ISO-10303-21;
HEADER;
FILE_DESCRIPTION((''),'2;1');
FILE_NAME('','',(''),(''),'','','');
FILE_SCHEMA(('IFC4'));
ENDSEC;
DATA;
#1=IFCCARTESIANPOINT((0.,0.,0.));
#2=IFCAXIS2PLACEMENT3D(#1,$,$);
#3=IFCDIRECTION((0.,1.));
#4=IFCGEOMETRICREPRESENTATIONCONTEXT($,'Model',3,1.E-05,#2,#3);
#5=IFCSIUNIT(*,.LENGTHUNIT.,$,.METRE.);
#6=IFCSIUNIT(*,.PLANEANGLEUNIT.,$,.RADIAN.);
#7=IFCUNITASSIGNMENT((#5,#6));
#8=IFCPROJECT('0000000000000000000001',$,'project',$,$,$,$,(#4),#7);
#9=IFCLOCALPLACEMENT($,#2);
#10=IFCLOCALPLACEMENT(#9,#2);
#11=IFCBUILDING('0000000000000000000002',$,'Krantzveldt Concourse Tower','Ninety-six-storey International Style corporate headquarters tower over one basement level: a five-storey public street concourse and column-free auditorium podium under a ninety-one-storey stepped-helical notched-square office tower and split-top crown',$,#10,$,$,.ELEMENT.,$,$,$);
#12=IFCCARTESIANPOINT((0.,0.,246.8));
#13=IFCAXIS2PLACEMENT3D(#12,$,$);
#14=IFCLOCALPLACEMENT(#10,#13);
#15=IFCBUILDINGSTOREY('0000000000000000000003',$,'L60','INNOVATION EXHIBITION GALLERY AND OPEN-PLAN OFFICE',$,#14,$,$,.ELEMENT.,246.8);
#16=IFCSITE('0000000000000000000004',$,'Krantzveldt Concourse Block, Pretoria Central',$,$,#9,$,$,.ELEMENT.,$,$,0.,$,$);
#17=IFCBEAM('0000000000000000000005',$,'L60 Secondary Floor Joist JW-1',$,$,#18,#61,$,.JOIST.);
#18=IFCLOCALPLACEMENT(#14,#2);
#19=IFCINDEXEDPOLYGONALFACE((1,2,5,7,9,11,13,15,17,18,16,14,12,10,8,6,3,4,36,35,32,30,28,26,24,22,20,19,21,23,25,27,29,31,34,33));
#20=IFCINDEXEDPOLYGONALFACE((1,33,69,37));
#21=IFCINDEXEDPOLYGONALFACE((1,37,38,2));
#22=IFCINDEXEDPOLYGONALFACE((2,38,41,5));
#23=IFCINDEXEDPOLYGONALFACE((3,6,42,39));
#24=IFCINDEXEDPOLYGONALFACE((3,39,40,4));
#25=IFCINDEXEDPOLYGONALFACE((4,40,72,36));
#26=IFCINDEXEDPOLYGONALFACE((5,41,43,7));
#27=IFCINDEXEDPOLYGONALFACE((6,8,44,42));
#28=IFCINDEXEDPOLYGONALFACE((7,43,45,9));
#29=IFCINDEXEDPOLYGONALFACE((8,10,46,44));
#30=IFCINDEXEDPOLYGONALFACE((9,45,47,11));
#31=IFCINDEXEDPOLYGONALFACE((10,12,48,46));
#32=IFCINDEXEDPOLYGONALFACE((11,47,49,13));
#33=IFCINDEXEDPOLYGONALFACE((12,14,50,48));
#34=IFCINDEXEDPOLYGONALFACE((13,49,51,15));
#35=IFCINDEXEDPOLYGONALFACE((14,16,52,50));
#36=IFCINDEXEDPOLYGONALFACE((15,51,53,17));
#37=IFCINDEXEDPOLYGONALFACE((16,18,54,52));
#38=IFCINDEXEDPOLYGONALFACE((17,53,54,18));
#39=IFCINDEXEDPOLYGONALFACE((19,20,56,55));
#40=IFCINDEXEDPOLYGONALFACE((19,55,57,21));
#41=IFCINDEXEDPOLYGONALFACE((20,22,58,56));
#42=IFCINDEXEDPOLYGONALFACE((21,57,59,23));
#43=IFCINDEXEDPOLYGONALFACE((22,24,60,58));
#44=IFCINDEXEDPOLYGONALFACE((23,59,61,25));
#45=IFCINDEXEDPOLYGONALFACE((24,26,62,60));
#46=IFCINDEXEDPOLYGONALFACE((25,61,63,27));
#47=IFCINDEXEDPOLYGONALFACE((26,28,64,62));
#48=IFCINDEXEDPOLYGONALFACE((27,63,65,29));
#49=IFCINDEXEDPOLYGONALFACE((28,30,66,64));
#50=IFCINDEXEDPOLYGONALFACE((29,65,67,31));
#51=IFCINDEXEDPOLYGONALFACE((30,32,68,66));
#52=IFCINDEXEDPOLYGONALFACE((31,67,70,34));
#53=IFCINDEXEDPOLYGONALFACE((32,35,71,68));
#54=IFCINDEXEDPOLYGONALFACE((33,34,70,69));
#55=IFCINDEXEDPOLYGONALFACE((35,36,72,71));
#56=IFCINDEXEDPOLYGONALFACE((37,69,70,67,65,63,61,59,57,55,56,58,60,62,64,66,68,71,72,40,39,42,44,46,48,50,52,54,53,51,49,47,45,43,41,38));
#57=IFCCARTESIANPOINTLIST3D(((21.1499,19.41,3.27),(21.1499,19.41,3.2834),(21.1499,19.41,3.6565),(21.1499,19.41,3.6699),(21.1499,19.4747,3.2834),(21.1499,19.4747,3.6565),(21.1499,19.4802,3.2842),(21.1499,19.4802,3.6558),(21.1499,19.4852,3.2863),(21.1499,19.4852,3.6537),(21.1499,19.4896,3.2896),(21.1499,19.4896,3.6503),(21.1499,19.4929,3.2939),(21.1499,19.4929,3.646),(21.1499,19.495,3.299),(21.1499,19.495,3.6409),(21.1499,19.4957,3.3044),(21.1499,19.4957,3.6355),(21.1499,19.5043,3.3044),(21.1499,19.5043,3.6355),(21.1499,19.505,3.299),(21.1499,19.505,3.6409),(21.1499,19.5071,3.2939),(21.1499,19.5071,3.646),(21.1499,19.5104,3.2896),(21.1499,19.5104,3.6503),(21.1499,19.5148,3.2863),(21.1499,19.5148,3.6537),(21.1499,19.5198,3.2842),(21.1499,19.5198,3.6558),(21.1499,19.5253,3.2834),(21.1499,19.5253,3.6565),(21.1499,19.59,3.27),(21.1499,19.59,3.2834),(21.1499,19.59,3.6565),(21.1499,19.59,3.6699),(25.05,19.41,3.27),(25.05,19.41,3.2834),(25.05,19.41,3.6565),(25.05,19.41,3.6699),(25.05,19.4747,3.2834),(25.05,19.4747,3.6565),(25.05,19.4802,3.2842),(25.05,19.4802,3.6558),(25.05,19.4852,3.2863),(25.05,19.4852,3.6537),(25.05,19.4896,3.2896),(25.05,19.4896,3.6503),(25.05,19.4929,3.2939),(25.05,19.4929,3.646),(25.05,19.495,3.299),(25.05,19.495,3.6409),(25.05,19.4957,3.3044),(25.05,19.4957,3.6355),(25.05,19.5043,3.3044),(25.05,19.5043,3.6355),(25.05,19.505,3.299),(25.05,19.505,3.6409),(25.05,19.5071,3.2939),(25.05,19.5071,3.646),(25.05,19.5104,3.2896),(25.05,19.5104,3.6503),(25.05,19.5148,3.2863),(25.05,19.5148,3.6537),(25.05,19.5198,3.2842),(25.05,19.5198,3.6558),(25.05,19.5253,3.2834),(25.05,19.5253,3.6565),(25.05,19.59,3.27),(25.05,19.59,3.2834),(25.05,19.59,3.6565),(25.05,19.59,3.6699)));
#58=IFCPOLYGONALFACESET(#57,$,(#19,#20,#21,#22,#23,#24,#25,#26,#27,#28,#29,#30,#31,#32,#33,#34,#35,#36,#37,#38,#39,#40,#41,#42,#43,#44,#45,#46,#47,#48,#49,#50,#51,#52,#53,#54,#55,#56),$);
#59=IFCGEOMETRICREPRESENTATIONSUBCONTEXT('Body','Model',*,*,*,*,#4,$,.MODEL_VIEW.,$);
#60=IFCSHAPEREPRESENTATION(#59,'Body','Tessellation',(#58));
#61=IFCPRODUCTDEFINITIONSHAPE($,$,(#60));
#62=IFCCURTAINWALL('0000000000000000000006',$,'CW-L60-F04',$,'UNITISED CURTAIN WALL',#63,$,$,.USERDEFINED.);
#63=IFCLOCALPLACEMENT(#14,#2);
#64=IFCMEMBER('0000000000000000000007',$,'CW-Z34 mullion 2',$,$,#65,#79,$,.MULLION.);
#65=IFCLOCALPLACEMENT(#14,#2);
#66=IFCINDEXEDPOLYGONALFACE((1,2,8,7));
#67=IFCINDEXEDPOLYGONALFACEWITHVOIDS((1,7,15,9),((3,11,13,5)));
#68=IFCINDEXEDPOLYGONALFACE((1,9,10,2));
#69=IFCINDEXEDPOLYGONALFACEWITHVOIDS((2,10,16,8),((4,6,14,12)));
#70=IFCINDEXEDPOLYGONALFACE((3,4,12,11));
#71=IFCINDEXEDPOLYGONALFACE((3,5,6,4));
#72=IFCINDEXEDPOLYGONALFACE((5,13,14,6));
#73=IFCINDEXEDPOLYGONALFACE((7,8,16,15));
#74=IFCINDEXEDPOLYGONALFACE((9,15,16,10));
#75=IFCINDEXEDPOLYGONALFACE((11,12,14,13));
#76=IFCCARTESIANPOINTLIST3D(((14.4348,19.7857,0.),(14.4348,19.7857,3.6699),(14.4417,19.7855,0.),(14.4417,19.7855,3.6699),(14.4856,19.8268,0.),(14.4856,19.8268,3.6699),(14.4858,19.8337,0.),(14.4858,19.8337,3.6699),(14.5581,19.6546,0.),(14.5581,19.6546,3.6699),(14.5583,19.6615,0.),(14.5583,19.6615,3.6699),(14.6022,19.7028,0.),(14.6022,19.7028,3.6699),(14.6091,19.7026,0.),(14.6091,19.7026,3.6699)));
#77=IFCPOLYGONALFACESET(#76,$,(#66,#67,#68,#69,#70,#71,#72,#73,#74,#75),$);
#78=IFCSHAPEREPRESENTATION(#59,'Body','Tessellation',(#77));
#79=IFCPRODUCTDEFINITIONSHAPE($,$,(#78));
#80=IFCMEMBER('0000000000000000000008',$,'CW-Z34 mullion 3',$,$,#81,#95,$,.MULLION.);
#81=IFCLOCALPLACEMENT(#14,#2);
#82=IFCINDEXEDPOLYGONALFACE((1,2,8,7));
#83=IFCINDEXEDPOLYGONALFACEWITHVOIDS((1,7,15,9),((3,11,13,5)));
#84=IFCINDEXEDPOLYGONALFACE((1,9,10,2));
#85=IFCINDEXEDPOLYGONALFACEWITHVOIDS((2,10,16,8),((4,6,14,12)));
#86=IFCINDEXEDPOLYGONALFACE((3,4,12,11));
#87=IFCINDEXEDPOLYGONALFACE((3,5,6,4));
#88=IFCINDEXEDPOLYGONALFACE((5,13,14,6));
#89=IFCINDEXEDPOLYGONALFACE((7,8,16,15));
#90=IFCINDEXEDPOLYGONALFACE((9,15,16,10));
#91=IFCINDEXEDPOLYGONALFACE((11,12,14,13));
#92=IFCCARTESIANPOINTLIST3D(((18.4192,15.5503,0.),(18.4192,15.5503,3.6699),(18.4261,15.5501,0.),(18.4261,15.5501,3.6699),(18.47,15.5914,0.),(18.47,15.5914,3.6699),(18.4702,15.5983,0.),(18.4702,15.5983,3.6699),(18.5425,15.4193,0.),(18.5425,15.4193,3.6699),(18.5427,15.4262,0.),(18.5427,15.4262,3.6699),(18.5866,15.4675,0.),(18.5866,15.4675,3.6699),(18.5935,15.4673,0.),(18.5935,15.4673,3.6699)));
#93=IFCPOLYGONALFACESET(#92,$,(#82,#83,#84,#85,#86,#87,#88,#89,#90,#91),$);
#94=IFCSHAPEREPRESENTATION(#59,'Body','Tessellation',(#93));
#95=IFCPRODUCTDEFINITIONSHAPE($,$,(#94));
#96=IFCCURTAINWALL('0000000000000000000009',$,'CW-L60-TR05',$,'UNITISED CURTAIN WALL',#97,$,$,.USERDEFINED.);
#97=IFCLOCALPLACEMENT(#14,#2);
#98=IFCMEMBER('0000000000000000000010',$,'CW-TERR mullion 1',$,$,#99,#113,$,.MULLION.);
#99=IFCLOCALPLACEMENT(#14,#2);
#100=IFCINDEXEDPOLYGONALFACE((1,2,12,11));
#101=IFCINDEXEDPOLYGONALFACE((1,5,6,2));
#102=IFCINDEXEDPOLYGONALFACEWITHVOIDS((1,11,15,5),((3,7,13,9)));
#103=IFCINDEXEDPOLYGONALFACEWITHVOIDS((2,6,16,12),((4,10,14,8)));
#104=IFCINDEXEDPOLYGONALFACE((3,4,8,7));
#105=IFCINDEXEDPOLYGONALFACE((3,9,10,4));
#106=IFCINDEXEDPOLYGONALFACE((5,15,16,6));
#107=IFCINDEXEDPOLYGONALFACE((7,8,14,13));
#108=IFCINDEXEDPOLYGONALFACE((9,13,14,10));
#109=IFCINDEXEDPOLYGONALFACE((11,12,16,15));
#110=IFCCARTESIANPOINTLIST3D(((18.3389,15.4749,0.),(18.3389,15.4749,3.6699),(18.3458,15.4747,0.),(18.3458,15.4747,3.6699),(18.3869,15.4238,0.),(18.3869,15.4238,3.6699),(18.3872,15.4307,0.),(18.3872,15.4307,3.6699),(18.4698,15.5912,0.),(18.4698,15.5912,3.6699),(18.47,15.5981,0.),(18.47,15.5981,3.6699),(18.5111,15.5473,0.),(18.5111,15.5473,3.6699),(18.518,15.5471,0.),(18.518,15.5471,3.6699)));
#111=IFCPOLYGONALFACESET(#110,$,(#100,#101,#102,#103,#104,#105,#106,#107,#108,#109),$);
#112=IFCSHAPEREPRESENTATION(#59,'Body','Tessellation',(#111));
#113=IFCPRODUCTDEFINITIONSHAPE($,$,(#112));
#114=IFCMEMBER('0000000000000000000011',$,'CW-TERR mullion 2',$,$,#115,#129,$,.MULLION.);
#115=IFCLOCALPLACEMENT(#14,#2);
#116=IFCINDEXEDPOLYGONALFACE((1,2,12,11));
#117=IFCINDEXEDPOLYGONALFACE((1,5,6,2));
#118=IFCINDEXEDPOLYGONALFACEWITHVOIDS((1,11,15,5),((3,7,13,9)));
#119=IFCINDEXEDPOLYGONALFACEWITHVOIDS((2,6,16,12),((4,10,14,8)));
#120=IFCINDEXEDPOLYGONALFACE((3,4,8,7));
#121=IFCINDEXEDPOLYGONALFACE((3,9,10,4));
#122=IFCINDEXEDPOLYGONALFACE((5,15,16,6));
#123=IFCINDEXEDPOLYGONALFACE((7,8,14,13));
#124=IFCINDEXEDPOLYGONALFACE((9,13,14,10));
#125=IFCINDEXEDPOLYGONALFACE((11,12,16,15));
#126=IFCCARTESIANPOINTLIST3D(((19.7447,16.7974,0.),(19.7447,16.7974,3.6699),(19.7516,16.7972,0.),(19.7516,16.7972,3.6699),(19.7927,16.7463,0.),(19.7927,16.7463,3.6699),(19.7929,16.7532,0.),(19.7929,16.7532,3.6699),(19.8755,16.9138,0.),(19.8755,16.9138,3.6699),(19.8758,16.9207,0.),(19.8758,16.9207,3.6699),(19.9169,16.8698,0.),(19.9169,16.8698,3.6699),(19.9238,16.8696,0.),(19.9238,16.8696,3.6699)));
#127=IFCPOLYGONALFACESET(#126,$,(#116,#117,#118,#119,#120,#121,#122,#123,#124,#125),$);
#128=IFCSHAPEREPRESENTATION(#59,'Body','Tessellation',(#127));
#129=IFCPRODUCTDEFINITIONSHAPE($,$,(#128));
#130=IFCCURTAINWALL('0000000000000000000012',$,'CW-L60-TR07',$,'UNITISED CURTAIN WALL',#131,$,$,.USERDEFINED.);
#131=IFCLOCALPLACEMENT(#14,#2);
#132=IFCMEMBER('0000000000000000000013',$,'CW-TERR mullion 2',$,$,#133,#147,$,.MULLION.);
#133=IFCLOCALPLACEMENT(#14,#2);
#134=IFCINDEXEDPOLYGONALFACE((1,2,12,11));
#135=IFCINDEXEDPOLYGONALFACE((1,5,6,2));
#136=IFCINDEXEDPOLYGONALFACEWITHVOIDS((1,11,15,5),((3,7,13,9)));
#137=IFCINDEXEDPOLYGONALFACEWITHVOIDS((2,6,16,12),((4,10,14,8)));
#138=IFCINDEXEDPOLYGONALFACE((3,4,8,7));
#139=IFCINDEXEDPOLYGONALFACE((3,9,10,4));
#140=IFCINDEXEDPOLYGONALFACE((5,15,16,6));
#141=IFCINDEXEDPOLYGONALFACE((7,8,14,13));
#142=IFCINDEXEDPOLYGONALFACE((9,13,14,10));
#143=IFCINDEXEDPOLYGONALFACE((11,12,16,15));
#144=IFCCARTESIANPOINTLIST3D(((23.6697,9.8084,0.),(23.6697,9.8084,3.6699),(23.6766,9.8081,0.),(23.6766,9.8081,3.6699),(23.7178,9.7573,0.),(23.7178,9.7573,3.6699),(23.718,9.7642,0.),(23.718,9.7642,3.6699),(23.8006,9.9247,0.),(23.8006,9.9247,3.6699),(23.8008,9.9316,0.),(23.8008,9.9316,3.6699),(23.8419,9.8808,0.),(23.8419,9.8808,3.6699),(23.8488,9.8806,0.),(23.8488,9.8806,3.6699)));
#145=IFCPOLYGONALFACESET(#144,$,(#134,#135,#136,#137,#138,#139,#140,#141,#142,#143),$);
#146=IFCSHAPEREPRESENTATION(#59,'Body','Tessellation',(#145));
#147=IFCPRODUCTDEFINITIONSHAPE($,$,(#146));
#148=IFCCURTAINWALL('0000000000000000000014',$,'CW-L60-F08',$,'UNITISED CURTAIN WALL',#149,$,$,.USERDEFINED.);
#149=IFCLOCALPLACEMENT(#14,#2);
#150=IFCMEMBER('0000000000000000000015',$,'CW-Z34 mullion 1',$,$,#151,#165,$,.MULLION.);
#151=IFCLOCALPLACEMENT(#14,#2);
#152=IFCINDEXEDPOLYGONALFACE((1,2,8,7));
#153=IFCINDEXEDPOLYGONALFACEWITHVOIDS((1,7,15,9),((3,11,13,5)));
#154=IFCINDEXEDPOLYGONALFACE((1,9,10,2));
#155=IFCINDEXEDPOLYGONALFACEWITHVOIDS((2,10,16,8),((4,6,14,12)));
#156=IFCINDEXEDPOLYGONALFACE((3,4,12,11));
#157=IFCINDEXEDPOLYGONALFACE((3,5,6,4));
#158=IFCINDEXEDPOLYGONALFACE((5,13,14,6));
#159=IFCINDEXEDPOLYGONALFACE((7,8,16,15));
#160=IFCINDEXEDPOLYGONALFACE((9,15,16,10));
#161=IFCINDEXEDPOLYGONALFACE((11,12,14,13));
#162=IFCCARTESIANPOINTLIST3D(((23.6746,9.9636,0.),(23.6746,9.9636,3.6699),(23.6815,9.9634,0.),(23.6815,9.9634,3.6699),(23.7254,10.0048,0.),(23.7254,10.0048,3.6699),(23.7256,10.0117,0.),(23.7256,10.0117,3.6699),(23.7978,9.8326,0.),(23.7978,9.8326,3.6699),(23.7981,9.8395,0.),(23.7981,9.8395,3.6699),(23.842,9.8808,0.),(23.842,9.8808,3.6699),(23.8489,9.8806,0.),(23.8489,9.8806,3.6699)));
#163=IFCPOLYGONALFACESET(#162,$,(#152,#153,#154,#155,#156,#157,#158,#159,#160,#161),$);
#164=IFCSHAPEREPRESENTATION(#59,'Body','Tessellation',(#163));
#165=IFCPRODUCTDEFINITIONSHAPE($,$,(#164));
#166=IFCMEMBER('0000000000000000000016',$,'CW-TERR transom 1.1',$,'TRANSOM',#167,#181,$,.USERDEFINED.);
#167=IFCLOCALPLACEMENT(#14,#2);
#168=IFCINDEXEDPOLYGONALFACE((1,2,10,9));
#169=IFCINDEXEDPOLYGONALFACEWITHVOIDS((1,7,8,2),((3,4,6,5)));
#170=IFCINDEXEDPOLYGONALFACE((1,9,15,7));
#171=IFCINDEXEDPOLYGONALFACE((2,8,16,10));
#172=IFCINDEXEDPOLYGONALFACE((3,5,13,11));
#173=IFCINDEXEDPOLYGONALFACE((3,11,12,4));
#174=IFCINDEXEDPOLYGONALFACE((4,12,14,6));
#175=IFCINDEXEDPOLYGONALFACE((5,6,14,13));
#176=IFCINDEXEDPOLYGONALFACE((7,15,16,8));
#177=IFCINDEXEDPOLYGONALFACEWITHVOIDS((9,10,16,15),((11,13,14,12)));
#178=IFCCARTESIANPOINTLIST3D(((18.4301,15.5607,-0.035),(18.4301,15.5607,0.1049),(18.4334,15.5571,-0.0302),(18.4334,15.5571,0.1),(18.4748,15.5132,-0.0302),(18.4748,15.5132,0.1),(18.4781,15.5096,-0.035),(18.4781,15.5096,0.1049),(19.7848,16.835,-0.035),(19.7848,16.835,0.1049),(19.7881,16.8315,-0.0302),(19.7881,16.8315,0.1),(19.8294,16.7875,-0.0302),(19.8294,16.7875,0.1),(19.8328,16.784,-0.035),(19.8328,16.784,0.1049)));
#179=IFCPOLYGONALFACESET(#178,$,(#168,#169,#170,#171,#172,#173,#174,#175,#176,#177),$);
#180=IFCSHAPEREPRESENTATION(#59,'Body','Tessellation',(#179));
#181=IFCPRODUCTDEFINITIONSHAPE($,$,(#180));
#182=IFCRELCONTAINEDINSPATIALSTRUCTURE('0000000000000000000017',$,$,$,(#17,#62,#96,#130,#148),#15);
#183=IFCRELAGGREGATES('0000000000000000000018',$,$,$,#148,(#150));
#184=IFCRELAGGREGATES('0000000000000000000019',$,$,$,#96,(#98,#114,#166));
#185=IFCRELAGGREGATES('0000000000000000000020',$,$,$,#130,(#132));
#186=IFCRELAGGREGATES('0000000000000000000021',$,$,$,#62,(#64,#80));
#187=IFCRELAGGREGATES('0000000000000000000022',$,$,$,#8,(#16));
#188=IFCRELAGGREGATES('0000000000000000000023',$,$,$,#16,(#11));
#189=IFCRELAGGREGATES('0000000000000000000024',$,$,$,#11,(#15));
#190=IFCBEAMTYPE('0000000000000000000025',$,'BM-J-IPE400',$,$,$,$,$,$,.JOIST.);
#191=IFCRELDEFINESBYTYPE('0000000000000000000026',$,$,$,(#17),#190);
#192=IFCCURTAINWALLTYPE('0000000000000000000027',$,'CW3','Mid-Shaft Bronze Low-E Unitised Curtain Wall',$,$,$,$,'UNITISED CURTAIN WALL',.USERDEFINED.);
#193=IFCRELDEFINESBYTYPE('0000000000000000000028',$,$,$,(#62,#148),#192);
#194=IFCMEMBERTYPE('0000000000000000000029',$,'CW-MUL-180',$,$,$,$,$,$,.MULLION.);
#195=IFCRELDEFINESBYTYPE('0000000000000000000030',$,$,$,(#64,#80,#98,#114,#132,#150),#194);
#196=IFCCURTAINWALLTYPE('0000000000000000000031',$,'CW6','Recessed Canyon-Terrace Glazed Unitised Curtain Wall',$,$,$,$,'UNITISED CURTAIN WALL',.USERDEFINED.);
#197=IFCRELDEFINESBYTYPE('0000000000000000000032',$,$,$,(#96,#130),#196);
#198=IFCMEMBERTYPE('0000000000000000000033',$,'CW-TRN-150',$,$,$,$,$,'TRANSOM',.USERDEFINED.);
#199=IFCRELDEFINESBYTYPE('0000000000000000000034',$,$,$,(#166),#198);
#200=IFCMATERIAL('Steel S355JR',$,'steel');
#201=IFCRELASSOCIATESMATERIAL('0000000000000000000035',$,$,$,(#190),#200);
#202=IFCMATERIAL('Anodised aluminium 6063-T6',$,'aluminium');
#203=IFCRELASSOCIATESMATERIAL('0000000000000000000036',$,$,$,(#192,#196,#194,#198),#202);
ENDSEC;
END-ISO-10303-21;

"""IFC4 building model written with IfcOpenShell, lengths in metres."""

from ifc_helpers import new_model, si_unit, direction, frame, origin, origin_2d, place, context, subcontext, project, spatial, hollow_rectangle, i_section, extrude, source, transform, mapped, material, material_profile, profile_set, type_object, type_shapes, element, aggregate, save


model = new_model("IFC4")

# Units and contexts
model_context = context("Model", 3, precision=1e-05, world=origin(), true_north=direction((0.0, 1.0)))
body_context = subcontext(model_context, "Body", "Model", "MODEL_VIEW")
ifc_project = project(units=[si_unit("LENGTHUNIT", "METRE"), si_unit("PLANEANGLEUNIT", "RADIAN")], contexts=[model_context])

# Site, building, storey
site_placement = place(None, origin())
site = spatial("IfcSite", under=ifc_project, at=site_placement, Name="Krantzveldt Concourse Block, Pretoria Central", CompositionType="ELEMENT", RefElevation=0.0)
building_placement = place(site_placement, origin())
building = spatial("IfcBuilding", under=site, at=building_placement, Name="Krantzveldt Concourse Tower", Description="Ninety-six-storey International Style corporate headquarters tower over one basement level: a five-storey public street concourse and column-free auditorium podium under a ninety-one-storey stepped-helical notched-square office tower and split-top crown", CompositionType="ELEMENT")
storey_placement = place(building_placement, frame((0.0, 0.0, 246.8)))
storey = spatial("IfcBuildingStorey", under=building, at=storey_placement, Name="L60", Description="INNOVATION EXHIBITION GALLERY AND OPEN-PLAN OFFICE", CompositionType="ELEMENT", Elevation=246.8)

# Beam
ifc_material_1 = material(Name="Steel S355JR", Category="steel")
ifc_material_profile_1 = material_profile(ifc_material_1, i_section(OverallWidth=0.1799, OverallDepth=0.3999, WebThickness=0.0085, FlangeThickness=0.0134, FilletRadius=0.021, at=origin_2d()), Name="Steel S355JR", Category="steel")
ifc_profile_set_1 = profile_set([ifc_material_profile_1], Name="Steel S355JR - IPE 400")
beam_type_1 = type_object("IfcBeamType", Name="BM-J-IPE400", PredefinedType="JOIST", material=ifc_profile_set_1)
shared_shape_1 = source(origin(), body_context, "Body", "SweptSolid", [
    extrude(i_section(OverallWidth=0.1799, OverallDepth=0.3999, WebThickness=0.0085, FlangeThickness=0.0134, FilletRadius=0.021, at=origin_2d()), origin(), (0.0, 0.0, 1.0), 3.9001),
])
type_shapes(beam_type_1, [shared_shape_1])
beam_1_placement = place(storey_placement, frame((21.1499, 19.5, 3.47), z_axis=(1.0, 0.0, 0.0), x_axis=(0.0, 1.0, 0.0)))
element("IfcBeam", 1, at=beam_1_placement, inside=storey, type_object=beam_type_1, Name="L60 Secondary Floor Joist JW-1", PredefinedType="JOIST", context=body_context, shape_type="MappedRepresentation", body=[
    mapped(shared_shape_1, transform((0.0, 0.0, 0.0), x_axis=(1.0, 0.0, 0.0), y_axis=(0.0, 1.0, 0.0), z_axis=(0.0, 0.0, 1.0), scale=1.0)),
])

# Curtain walls, members
ifc_material_2 = material(Name="Anodised aluminium 6063-T6", Category="aluminium")
curtain_wall_type_1 = type_object("IfcCurtainWallType", Name="CW3", Description="Mid-Shaft Bronze Low-E Unitised Curtain Wall", ElementType="UNITISED CURTAIN WALL", PredefinedType="USERDEFINED", material=ifc_material_2)
curtain_wall_1_placement = place(storey_placement, origin())
curtain_wall_1 = element("IfcCurtainWall", 2, at=curtain_wall_1_placement, inside=storey, type_object=curtain_wall_type_1, Name="CW-L60-F04", ObjectType="UNITISED CURTAIN WALL", PredefinedType="USERDEFINED")
ifc_material_profile_2 = material_profile(ifc_material_2, hollow_rectangle(XDim=0.0701, YDim=0.1799, WallThickness=0.0049, at=origin_2d()), Name="Anodised aluminium 6063-T6", Category="aluminium")
ifc_profile_set_2 = profile_set([ifc_material_profile_2], Name="Anodised aluminium 6063-T6 - ALU-MULL 180x70x5")
member_type_1 = type_object("IfcMemberType", Name="CW-MUL-180", PredefinedType="MULLION", material=ifc_profile_set_2)
shared_shape_2 = source(origin(), body_context, "Body", "SweptSolid", [
    extrude(hollow_rectangle(XDim=0.0701, YDim=0.1799, WallThickness=0.0049, at=origin_2d()), origin(), (0.0, 0.0, 1.0), 3.6699),
])
type_shapes(member_type_1, [shared_shape_2])
member_1_placement = place(storey_placement, frame((14.522, 19.7441, 0.0), z_axis=(0.0, 0.0, 1.0), x_axis=(0.728371, 0.685183, 0.0)))
member_1 = element("IfcMember", 3, at=member_1_placement, type_object=member_type_1, Name="CW-Z34 mullion 2", PredefinedType="MULLION", context=body_context, shape_type="MappedRepresentation", body=[
    mapped(shared_shape_2, transform((0.0, 0.0, 0.0), x_axis=(1.0, 0.0, 0.0), y_axis=(0.0, 1.0, 0.0), z_axis=(0.0, 0.0, 1.0), scale=1.0)),
])
member_2_placement = place(storey_placement, frame((18.5063, 15.5088, 0.0), z_axis=(0.0, 0.0, 1.0), x_axis=(0.728371, 0.685183, 0.0)))
member_2 = element("IfcMember", 4, at=member_2_placement, type_object=member_type_1, Name="CW-Z34 mullion 3", PredefinedType="MULLION", context=body_context, shape_type="MappedRepresentation", body=[
    mapped(shared_shape_2, transform((0.0, 0.0, 0.0), x_axis=(1.0, 0.0, 0.0), y_axis=(0.0, 1.0, 0.0), z_axis=(0.0, 0.0, 1.0), scale=1.0)),
])
curtain_wall_type_2 = type_object("IfcCurtainWallType", Name="CW6", Description="Recessed Canyon-Terrace Glazed Unitised Curtain Wall", ElementType="UNITISED CURTAIN WALL", PredefinedType="USERDEFINED", material=ifc_material_2)
curtain_wall_2_placement = place(storey_placement, origin())
curtain_wall_2 = element("IfcCurtainWall", 5, at=curtain_wall_2_placement, inside=storey, type_object=curtain_wall_type_2, Name="CW-L60-TR05", ObjectType="UNITISED CURTAIN WALL", PredefinedType="USERDEFINED")
member_3_placement = place(storey_placement, frame((18.4285, 15.511, 0.0), z_axis=(0.0, 0.0, 1.0), x_axis=(-0.685182, 0.728372, 0.0)))
member_3 = element("IfcMember", 6, at=member_3_placement, type_object=member_type_1, Name="CW-TERR mullion 1", PredefinedType="MULLION", context=body_context, shape_type="MappedRepresentation", body=[
    mapped(shared_shape_2, transform((0.0, 0.0, 0.0), x_axis=(1.0, 0.0, 0.0), y_axis=(0.0, 1.0, 0.0), z_axis=(0.0, 0.0, 1.0), scale=1.0)),
])
member_4_placement = place(storey_placement, frame((19.8342, 16.8335, 0.0), z_axis=(0.0, 0.0, 1.0), x_axis=(-0.685182, 0.728372, 0.0)))
member_4 = element("IfcMember", 7, at=member_4_placement, type_object=member_type_1, Name="CW-TERR mullion 2", PredefinedType="MULLION", context=body_context, shape_type="MappedRepresentation", body=[
    mapped(shared_shape_2, transform((0.0, 0.0, 0.0), x_axis=(1.0, 0.0, 0.0), y_axis=(0.0, 1.0, 0.0), z_axis=(0.0, 0.0, 1.0), scale=1.0)),
])

# Curtain walls, members
curtain_wall_3_placement = place(storey_placement, origin())
curtain_wall_3 = element("IfcCurtainWall", 8, at=curtain_wall_3_placement, inside=storey, type_object=curtain_wall_type_2, Name="CW-L60-TR07", ObjectType="UNITISED CURTAIN WALL", PredefinedType="USERDEFINED")
member_5_placement = place(storey_placement, frame((23.7593, 9.8445, 0.0), z_axis=(0.0, 0.0, 1.0), x_axis=(0.685182, -0.728372, 0.0)))
member_5 = element("IfcMember", 9, at=member_5_placement, type_object=member_type_1, Name="CW-TERR mullion 2", PredefinedType="MULLION", context=body_context, shape_type="MappedRepresentation", body=[
    mapped(shared_shape_2, transform((0.0, 0.0, 0.0), x_axis=(1.0, 0.0, 0.0), y_axis=(0.0, 1.0, 0.0), z_axis=(0.0, 0.0, 1.0), scale=1.0)),
])
curtain_wall_4_placement = place(storey_placement, origin())
curtain_wall_4 = element("IfcCurtainWall", 10, at=curtain_wall_4_placement, inside=storey, type_object=curtain_wall_type_1, Name="CW-L60-F08", ObjectType="UNITISED CURTAIN WALL", PredefinedType="USERDEFINED")
member_6_placement = place(storey_placement, frame((23.7617, 9.9221, 0.0), z_axis=(0.0, 0.0, 1.0), x_axis=(0.728371, 0.685183, 0.0)))
member_6 = element("IfcMember", 11, at=member_6_placement, type_object=member_type_1, Name="CW-Z34 mullion 1", PredefinedType="MULLION", context=body_context, shape_type="MappedRepresentation", body=[
    mapped(shared_shape_2, transform((0.0, 0.0, 0.0), x_axis=(1.0, 0.0, 0.0), y_axis=(0.0, 1.0, 0.0), z_axis=(0.0, 0.0, 1.0), scale=1.0)),
])

# Member
ifc_material_profile_3 = material_profile(ifc_material_2, hollow_rectangle(XDim=0.0701, YDim=0.1399, WallThickness=0.0049, at=origin_2d()), Name="Anodised aluminium 6063-T6", Category="aluminium")
ifc_profile_set_3 = profile_set([ifc_material_profile_3], Name="Anodised aluminium 6063-T6 - ALU-TRAN 140x70x5")
member_type_2 = type_object("IfcMemberType", Name="CW-TRN-150", ElementType="TRANSOM", PredefinedType="USERDEFINED", material=ifc_profile_set_3)
shared_shape_3 = source(origin(), body_context, "Body", "SweptSolid", [
    extrude(hollow_rectangle(XDim=0.0701, YDim=0.1399, WallThickness=0.0049, at=origin_2d()), origin(), (0.0, 0.0, 1.0), 1.8599),
])
member_7_placement = place(storey_placement, frame((18.4541, 15.5352, 0.0349), z_axis=(0.72837, 0.685185, 0.0), x_axis=(-0.685185, 0.72837, 0.0)))
member_7 = element("IfcMember", 12, at=member_7_placement, type_object=member_type_2, Name="CW-TERR transom 1.1", ObjectType="TRANSOM", PredefinedType="USERDEFINED", context=body_context, shape_type="MappedRepresentation", body=[
    mapped(shared_shape_3, transform((0.0, 0.0, 0.0), x_axis=(1.0, 0.0, 0.0), y_axis=(0.0, 1.0, 0.0), z_axis=(0.0, 0.0, 1.0), scale=1.0)),
])
aggregate(curtain_wall_4, [member_6])

aggregate(curtain_wall_2, [member_3, member_4, member_7])
aggregate(curtain_wall_3, [member_5])
aggregate(curtain_wall_1, [member_1, member_2])

save(model, "model.ifc")
